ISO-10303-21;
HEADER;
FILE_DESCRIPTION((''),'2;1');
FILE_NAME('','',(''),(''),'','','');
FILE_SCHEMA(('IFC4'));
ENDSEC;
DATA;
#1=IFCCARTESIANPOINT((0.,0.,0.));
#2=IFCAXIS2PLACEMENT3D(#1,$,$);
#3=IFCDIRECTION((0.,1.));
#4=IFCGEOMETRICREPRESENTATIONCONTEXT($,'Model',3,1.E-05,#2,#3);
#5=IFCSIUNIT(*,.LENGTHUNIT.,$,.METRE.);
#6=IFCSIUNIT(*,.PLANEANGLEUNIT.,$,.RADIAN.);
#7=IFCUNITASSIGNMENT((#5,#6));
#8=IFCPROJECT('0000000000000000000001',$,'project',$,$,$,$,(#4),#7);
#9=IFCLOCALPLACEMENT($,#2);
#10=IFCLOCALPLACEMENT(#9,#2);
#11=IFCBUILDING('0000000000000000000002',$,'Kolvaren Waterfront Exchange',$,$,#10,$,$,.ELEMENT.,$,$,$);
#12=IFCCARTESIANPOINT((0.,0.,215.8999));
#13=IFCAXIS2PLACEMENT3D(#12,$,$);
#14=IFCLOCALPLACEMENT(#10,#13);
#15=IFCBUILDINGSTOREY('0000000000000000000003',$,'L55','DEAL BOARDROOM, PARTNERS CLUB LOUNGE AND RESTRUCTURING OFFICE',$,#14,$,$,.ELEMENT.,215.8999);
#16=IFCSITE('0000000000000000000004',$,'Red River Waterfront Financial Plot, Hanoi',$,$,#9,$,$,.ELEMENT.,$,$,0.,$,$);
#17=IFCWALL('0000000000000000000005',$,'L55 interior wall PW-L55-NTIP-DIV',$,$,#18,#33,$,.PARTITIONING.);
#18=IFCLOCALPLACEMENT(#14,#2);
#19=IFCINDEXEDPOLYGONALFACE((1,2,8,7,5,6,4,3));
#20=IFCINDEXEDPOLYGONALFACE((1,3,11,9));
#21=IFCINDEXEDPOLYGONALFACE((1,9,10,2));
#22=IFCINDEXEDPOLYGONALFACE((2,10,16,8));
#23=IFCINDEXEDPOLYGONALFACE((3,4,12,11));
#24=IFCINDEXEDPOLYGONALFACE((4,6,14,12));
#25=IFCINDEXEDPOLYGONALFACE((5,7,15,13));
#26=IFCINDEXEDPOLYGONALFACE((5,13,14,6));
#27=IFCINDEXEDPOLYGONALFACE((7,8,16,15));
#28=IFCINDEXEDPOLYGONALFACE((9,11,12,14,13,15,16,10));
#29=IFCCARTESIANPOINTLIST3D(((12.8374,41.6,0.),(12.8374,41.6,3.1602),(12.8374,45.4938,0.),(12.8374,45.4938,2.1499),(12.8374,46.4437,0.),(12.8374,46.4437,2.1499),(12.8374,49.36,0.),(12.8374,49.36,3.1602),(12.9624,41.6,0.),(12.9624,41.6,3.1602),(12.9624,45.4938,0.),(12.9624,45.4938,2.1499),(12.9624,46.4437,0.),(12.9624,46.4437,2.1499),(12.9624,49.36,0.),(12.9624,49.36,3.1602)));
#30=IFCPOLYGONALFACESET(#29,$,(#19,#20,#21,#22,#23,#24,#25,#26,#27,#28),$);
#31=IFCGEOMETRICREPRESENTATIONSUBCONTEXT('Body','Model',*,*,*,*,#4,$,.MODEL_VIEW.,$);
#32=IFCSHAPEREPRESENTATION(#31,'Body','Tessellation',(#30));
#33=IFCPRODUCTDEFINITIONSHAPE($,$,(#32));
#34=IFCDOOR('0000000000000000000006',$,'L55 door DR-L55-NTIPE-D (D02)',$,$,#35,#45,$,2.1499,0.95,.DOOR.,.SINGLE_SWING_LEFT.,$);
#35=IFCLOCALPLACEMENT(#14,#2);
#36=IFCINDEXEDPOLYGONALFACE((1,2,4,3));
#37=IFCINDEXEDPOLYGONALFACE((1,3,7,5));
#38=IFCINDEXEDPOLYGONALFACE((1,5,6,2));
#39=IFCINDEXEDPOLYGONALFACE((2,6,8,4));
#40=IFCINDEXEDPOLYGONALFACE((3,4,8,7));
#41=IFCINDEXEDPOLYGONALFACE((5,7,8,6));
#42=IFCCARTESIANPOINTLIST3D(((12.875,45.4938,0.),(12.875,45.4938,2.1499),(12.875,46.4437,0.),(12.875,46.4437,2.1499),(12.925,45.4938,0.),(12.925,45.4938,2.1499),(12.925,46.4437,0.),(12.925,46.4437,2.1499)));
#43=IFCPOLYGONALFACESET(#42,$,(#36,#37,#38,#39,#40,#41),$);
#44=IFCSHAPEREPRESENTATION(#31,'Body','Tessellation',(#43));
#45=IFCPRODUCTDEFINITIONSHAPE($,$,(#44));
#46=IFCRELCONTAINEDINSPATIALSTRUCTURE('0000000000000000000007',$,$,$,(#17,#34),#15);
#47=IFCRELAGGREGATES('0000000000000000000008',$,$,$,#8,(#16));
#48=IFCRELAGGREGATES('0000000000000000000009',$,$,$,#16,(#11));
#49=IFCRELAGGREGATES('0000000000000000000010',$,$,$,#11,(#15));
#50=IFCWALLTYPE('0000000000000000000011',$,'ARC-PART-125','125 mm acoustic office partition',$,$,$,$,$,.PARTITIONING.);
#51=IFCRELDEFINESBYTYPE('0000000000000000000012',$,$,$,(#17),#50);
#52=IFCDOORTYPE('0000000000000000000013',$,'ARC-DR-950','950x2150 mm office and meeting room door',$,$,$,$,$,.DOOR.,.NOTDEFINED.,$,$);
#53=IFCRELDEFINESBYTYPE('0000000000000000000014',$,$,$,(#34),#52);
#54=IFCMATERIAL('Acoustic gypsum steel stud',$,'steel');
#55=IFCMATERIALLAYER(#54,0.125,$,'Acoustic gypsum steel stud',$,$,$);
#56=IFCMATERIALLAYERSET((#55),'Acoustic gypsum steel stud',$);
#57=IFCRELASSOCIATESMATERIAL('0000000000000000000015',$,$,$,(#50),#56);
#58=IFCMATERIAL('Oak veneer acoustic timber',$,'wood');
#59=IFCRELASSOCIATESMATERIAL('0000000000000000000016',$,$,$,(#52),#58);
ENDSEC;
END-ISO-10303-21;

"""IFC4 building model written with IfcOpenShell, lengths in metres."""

from ifc_helpers import new_model, si_unit, direction, frame, frame_2d, origin, place, context, subcontext, project, spatial, rectangle, extrude, material, layer, layer_set, type_object, element, fill, save


model = new_model("IFC4")

# Units and contexts
model_context = context("Model", 3, precision=1e-05, world=origin(), true_north=direction((0.0, 1.0)))
body_context = subcontext(model_context, "Body", "Model", "MODEL_VIEW")
ifc_project = project(units=[si_unit("LENGTHUNIT", "METRE"), si_unit("PLANEANGLEUNIT", "RADIAN")], contexts=[model_context])

# Site, building, storey
site_placement = place(None, origin())
site = spatial("IfcSite", under=ifc_project, at=site_placement, Name="Red River Waterfront Financial Plot, Hanoi", CompositionType="ELEMENT", RefElevation=0.0)
building_placement = place(site_placement, origin())
building = spatial("IfcBuilding", under=site, at=building_placement, Name="Kolvaren Waterfront Exchange", CompositionType="ELEMENT")
storey_placement = place(building_placement, frame((0.0, 0.0, 215.8999)))
storey = spatial("IfcBuildingStorey", under=building, at=storey_placement, Name="L55", Description="DEAL BOARDROOM, PARTNERS CLUB LOUNGE AND RESTRUCTURING OFFICE", CompositionType="ELEMENT", Elevation=215.8999)

# Wall, opening, door
ifc_material_1 = material(Name="Acoustic gypsum steel stud", Category="steel")
ifc_layer_1 = layer(ifc_material_1, 0.125, Name="Acoustic gypsum steel stud")
ifc_layer_set_1 = layer_set([ifc_layer_1], Name="Acoustic gypsum steel stud")
wall_type_1 = type_object("IfcWallType", Name="ARC-PART-125", Description="125 mm acoustic office partition", PredefinedType="PARTITIONING", material=ifc_layer_set_1)
wall_1_placement = place(storey_placement, frame((12.8999, 41.6001, 0.0), z_axis=(0.0, 0.0, 1.0), x_axis=(0.0, 1.0, 0.0)))
wall_1 = element("IfcWall", 1, at=wall_1_placement, inside=storey, type_object=wall_type_1, Name="L55 interior wall PW-L55-NTIP-DIV", PredefinedType="PARTITIONING", context=body_context, shape_type="SweptSolid", body=[
    extrude(rectangle(XDim=7.76, YDim=0.125, at=frame_2d((3.8799, 0.0))), origin(), (0.0, 0.0, 1.0), 3.1602),
])
opening_1_placement = place(wall_1_placement, frame((3.8936, 0.0, 0.0)))
opening_1 = element("IfcOpeningElement", 2, at=opening_1_placement, cuts=wall_1, PredefinedType="OPENING", context=body_context, shape_type="SweptSolid", body=[
    extrude(rectangle(XDim=0.95, YDim=2.1499, at=frame_2d((0.4751, 1.075))), frame((0.0, 0.0725, 0.0), z_axis=(0.0, -1.0, 0.0), x_axis=(1.0, 0.0, 0.0)), (0.0, 0.0, 1.0), 0.145),
])
ifc_material_2 = material(Name="Oak veneer acoustic timber", Category="wood")
door_type_1 = type_object("IfcDoorType", Name="ARC-DR-950", Description="950x2150 mm office and meeting room door", OperationType="NOTDEFINED", PredefinedType="DOOR", material=ifc_material_2)
door_1_placement = place(opening_1_placement, origin())
door_1 = element("IfcDoor", 3, at=door_1_placement, inside=storey, type_object=door_type_1, Name="L55 door DR-L55-NTIPE-D (D02)", OperationType="SINGLE_SWING_LEFT", OverallHeight=2.1499, OverallWidth=0.95, PredefinedType="DOOR", context=body_context, shape_type="SweptSolid", body=[
    extrude(rectangle(XDim=0.95, YDim=2.1499, at=frame_2d((0.4751, 1.075))), frame((0.0, 0.0249, 0.0), z_axis=(0.0, -1.0, 0.0), x_axis=(1.0, 0.0, 0.0)), (0.0, 0.0, 1.0), 0.05),
])
fill(opening_1, door_1)

save(model, "model.ifc")
